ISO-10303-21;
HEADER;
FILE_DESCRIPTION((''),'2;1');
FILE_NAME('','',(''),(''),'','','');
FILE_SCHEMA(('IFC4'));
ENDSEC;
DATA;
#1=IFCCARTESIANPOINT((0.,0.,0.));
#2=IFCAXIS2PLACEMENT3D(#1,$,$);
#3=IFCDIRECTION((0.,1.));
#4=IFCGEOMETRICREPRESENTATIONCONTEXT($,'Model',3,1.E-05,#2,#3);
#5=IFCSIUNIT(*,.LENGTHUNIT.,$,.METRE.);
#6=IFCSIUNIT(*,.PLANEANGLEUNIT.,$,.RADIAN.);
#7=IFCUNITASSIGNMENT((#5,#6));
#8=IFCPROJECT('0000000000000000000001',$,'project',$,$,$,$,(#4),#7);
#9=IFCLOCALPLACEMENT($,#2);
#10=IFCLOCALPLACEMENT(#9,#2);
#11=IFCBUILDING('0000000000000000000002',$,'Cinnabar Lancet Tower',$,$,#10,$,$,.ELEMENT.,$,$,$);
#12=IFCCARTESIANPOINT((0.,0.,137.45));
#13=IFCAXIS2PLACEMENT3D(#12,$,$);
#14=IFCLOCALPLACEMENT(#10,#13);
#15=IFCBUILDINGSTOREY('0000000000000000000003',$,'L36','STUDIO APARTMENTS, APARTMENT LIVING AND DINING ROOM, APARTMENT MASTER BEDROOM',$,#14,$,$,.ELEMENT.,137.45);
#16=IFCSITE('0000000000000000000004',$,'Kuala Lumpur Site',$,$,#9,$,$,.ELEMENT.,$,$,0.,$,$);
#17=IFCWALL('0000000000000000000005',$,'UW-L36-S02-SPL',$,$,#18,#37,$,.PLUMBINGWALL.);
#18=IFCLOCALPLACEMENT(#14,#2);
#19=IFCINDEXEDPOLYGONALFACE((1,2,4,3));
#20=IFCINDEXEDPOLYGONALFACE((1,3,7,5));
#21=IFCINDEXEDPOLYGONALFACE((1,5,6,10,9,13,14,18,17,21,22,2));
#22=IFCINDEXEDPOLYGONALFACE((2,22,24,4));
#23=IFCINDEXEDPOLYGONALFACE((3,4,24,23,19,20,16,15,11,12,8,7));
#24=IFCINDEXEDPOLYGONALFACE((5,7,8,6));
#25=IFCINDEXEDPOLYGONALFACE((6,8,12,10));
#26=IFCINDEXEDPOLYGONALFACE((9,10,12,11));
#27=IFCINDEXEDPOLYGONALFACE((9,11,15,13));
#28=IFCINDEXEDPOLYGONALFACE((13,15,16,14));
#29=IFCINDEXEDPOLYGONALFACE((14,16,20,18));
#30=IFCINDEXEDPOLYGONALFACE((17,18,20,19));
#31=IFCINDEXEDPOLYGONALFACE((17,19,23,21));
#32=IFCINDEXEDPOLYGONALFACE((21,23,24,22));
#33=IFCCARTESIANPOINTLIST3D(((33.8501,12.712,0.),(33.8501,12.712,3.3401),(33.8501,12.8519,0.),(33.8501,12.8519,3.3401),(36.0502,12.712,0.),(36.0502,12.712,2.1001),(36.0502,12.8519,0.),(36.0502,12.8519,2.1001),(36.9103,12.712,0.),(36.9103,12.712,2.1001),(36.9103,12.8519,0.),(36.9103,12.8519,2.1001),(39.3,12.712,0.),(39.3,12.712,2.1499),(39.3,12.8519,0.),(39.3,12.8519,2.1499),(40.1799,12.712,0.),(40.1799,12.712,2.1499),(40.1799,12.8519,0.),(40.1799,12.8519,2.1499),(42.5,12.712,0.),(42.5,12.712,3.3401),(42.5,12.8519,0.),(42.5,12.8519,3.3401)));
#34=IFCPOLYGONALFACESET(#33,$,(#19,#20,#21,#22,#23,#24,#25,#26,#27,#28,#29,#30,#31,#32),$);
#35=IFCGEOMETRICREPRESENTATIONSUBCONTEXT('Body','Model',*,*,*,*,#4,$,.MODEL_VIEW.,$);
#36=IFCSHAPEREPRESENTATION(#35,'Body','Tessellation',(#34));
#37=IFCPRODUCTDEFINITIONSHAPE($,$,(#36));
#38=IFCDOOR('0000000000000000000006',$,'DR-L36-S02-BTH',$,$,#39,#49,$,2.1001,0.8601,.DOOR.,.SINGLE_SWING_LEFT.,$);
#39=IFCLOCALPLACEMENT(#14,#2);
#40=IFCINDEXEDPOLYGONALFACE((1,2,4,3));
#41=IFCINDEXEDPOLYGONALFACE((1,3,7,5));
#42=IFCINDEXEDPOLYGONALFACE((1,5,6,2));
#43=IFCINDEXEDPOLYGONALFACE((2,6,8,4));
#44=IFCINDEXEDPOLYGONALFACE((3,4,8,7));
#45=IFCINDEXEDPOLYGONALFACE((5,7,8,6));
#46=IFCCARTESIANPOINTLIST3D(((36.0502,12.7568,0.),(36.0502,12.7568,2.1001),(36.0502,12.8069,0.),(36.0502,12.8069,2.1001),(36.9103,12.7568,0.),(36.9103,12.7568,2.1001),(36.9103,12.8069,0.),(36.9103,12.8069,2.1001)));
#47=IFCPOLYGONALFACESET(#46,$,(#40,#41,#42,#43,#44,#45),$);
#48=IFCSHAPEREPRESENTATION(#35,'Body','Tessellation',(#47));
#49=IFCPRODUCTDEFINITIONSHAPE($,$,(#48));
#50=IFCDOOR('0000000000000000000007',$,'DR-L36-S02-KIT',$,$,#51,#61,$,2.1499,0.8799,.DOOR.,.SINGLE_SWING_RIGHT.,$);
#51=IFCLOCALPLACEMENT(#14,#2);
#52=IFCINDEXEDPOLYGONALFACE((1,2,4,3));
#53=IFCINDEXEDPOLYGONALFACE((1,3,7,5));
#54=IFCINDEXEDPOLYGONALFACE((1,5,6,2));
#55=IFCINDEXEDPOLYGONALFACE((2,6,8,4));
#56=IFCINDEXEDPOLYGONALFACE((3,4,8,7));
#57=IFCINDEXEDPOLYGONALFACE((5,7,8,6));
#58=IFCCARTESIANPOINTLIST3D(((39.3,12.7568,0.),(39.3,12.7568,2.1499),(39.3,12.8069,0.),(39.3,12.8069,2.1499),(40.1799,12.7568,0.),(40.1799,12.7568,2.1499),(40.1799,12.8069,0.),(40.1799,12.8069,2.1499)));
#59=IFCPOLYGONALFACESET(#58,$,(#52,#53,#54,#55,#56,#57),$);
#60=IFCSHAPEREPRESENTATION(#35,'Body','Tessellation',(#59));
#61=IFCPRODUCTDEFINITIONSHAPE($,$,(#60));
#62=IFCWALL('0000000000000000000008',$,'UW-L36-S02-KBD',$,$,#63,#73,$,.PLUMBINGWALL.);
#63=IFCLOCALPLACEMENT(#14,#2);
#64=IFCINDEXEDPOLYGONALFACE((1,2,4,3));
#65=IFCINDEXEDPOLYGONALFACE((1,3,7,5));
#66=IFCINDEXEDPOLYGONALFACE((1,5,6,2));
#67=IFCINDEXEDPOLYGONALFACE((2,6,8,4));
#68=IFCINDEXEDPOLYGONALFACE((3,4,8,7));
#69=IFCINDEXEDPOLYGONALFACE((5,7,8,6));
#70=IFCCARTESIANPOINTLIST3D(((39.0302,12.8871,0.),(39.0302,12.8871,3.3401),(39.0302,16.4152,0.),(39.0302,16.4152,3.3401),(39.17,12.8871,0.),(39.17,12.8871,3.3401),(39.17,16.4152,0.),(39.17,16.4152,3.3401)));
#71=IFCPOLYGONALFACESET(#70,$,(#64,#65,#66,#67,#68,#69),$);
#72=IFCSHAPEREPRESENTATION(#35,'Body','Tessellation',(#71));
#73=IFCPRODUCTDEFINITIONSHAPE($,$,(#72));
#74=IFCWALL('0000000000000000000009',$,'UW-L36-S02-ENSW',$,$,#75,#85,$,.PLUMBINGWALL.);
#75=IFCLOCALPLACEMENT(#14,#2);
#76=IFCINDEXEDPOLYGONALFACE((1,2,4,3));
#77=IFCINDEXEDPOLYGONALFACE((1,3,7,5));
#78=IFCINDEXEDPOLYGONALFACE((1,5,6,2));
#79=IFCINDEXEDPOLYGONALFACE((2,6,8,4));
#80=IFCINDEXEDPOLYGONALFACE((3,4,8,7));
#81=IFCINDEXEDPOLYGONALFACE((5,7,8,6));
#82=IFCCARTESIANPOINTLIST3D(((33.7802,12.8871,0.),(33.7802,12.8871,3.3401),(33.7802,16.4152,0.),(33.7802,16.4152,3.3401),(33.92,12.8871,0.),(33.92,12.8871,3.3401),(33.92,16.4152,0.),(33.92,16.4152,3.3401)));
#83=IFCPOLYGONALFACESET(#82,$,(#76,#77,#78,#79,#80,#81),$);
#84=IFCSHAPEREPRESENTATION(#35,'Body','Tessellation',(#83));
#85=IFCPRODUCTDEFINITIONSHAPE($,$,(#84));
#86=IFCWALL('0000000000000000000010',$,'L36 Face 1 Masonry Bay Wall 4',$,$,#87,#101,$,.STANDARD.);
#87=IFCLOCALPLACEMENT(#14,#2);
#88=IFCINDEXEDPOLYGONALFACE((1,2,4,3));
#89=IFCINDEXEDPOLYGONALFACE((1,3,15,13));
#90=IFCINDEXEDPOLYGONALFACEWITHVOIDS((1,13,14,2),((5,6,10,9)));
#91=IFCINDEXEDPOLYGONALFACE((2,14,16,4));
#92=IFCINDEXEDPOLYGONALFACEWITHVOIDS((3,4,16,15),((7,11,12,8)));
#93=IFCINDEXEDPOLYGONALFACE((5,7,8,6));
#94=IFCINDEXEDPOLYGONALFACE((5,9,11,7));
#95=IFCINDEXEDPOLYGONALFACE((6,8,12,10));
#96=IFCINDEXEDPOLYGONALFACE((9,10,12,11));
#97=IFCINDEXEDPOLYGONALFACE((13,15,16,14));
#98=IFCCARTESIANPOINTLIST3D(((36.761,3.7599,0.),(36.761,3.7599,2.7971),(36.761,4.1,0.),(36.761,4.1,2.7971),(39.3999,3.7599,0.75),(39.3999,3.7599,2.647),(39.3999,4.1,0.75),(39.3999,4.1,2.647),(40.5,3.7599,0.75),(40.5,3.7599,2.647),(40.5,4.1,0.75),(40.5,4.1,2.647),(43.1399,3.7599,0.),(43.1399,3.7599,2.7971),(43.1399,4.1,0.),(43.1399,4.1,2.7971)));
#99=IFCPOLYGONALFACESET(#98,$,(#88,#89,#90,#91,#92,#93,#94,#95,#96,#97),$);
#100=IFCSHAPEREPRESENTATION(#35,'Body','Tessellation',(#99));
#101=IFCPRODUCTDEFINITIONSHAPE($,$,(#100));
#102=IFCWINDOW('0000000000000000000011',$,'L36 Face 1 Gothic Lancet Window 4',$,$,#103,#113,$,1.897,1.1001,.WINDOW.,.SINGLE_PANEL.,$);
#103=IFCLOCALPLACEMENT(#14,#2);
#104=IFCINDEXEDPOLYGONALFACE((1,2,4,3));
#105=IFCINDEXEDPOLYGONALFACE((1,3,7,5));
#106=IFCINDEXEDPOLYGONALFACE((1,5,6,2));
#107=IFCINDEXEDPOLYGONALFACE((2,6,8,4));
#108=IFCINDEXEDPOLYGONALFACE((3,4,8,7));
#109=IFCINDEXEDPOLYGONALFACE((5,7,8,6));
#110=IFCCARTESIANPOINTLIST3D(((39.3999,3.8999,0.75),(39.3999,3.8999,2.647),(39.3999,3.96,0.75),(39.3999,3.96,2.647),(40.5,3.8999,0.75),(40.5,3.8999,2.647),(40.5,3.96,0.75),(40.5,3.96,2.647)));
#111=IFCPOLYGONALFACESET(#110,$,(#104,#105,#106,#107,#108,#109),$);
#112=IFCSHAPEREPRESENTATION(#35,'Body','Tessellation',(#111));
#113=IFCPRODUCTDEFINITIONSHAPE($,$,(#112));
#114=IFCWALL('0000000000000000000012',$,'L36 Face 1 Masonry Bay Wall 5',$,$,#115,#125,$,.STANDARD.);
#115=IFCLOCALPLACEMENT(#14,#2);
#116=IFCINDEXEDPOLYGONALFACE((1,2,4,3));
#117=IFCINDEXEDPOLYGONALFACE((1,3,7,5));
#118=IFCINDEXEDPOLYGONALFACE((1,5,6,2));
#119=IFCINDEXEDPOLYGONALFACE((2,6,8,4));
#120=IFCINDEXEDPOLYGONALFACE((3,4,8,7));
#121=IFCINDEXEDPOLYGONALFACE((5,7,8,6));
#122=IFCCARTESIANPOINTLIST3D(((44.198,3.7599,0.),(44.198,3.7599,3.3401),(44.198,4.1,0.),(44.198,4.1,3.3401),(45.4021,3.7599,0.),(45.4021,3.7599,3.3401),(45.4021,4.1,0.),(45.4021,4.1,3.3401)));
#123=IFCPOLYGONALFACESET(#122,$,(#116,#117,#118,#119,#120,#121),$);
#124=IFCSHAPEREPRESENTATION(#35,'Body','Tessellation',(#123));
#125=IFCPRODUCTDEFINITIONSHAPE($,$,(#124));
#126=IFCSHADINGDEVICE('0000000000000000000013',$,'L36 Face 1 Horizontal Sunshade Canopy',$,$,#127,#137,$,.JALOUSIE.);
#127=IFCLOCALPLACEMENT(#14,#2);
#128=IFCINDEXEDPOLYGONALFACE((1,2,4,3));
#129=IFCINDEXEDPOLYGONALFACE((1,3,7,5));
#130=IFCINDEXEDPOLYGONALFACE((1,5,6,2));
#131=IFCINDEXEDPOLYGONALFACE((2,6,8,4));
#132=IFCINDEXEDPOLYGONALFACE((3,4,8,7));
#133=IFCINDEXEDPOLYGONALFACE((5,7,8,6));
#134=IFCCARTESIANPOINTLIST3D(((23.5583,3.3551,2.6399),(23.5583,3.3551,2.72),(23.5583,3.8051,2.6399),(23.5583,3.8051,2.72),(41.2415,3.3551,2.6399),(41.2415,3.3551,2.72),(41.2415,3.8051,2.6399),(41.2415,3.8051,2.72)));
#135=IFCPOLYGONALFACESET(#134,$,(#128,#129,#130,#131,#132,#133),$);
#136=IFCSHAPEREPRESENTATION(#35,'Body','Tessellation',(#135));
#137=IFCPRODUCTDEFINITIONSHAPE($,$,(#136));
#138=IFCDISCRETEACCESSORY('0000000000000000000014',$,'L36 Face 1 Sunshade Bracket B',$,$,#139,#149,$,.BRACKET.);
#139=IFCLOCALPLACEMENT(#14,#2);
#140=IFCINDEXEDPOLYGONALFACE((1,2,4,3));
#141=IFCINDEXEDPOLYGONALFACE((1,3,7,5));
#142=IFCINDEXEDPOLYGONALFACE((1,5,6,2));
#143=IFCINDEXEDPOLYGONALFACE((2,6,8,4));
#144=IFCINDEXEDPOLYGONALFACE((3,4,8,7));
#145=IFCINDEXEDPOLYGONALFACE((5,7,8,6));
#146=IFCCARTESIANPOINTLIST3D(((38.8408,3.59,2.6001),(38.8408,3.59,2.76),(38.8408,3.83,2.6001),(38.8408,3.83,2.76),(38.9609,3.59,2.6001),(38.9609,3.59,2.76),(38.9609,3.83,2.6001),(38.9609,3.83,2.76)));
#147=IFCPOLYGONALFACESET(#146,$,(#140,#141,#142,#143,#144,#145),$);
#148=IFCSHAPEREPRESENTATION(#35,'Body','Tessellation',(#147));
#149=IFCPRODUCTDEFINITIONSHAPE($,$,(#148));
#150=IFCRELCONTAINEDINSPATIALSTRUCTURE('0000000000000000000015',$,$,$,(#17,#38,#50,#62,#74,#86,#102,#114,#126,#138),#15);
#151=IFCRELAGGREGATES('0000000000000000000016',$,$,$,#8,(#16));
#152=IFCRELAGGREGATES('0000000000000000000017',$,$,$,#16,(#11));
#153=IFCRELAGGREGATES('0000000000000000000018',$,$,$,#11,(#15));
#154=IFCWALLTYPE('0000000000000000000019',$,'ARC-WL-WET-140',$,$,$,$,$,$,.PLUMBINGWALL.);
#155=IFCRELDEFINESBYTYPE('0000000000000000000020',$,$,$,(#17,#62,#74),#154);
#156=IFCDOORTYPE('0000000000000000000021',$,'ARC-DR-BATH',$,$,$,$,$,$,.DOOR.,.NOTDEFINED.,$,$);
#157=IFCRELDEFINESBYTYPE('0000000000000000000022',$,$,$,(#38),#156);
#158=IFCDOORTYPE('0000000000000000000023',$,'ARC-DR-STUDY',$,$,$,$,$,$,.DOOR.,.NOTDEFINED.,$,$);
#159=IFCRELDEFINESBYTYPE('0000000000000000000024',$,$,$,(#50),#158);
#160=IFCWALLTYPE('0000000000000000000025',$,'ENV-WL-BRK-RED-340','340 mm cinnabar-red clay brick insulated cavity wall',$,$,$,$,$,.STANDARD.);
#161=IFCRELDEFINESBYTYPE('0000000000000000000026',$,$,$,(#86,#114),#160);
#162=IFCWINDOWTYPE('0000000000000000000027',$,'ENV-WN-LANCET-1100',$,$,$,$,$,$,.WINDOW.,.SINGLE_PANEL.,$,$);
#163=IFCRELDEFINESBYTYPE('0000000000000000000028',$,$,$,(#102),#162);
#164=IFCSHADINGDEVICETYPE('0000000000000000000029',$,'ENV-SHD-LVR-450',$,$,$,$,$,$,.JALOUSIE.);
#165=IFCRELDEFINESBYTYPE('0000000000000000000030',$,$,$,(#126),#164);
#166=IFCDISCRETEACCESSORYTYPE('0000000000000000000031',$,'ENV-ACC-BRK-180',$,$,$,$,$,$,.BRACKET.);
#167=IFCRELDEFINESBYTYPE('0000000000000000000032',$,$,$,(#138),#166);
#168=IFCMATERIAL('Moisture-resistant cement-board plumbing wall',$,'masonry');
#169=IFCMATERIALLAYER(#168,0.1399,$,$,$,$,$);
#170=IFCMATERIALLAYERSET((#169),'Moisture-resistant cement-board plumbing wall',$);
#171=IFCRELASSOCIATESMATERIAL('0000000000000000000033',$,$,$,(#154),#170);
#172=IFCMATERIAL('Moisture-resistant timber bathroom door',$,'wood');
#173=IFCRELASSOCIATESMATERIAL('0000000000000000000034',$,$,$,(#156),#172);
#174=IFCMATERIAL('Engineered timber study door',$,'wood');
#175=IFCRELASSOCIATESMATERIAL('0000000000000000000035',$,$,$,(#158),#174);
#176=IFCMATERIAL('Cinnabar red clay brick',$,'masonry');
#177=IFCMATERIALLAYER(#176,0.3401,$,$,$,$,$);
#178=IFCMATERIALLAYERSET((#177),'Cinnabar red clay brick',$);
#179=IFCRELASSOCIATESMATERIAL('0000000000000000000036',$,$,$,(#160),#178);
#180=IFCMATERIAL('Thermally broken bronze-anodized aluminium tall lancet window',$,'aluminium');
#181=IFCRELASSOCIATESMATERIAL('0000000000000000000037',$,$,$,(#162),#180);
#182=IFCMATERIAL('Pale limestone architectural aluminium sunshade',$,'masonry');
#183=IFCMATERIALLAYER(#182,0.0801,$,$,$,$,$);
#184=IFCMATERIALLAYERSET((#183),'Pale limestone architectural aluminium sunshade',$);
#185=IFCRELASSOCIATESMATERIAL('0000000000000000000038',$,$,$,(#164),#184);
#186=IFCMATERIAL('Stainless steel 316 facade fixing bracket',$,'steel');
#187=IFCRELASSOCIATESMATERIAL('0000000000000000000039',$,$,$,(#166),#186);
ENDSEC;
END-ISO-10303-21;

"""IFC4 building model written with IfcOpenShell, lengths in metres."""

from ifc_helpers import new_model, si_unit, direction, frame, frame_2d, origin, origin_2d, place, context, subcontext, project, spatial, rectangle, extrude, material, layer, layer_set, type_object, element, fill, save


model = new_model("IFC4")

# Units and contexts
model_context = context("Model", 3, precision=1e-05, world=origin(), true_north=direction((0.0, 1.0)))
body_context = subcontext(model_context, "Body", "Model", "MODEL_VIEW")
ifc_project = project(units=[si_unit("LENGTHUNIT", "METRE"), si_unit("PLANEANGLEUNIT", "RADIAN")], contexts=[model_context])

# Site, building, storey
site_placement = place(None, origin())
site = spatial("IfcSite", under=ifc_project, at=site_placement, Name="Kuala Lumpur Site", CompositionType="ELEMENT", RefElevation=0.0)
building_placement = place(site_placement, origin())
building = spatial("IfcBuilding", under=site, at=building_placement, Name="Cinnabar Lancet Tower", CompositionType="ELEMENT")
storey_placement = place(building_placement, frame((0.0, 0.0, 137.45)))
storey = spatial("IfcBuildingStorey", under=building, at=storey_placement, Name="L36", Description="STUDIO APARTMENTS, APARTMENT LIVING AND DINING ROOM, APARTMENT MASTER BEDROOM", CompositionType="ELEMENT", Elevation=137.45)

# Wall, openings, doors
ifc_material_1 = material(Name="Moisture-resistant cement-board plumbing wall", Category="masonry")
ifc_layer_1 = layer(ifc_material_1, 0.1399)
ifc_layer_set_1 = layer_set([ifc_layer_1], Name="Moisture-resistant cement-board plumbing wall")
wall_type_1 = type_object("IfcWallType", Name="ARC-WL-WET-140", PredefinedType="PLUMBINGWALL", material=ifc_layer_set_1)
wall_1_placement = place(storey_placement, frame((33.8501, 12.782, 0.0), z_axis=(0.0, 0.0, 1.0), x_axis=(1.0, 0.0, 0.0)))
wall_1 = element("IfcWall", 1, at=wall_1_placement, inside=storey, type_object=wall_type_1, Name="UW-L36-S02-SPL", PredefinedType="PLUMBINGWALL", context=body_context, shape_type="SweptSolid", body=[
    extrude(rectangle(XDim=8.6499, YDim=0.1399, at=frame_2d((4.325, 0.0))), origin(), (0.0, 0.0, 1.0), 3.3401),
])
opening_1_placement = place(wall_1_placement, frame((2.2, 0.0, 0.0)))
opening_1 = element("IfcOpeningElement", 2, at=opening_1_placement, cuts=wall_1, PredefinedType="OPENING", context=body_context, shape_type="SweptSolid", body=[
    extrude(rectangle(XDim=0.8601, YDim=2.1001, at=frame_2d((0.4302, 1.05))), frame((0.0, 0.0798, 0.0), z_axis=(0.0, -1.0, 0.0), x_axis=(1.0, 0.0, 0.0)), (0.0, 0.0, 1.0), 0.1599),
])
opening_2_placement = place(wall_1_placement, frame((5.45, 0.0, 0.0)))
opening_2 = element("IfcOpeningElement", 3, at=opening_2_placement, cuts=wall_1, PredefinedType="OPENING", context=body_context, shape_type="SweptSolid", body=[
    extrude(rectangle(XDim=0.8799, YDim=2.1499, at=frame_2d((0.4399, 1.075))), frame((0.0, 0.0798, 0.0), z_axis=(0.0, -1.0, 0.0), x_axis=(1.0, 0.0, 0.0)), (0.0, 0.0, 1.0), 0.1599),
])
ifc_material_2 = material(Name="Moisture-resistant timber bathroom door", Category="wood")
door_type_1 = type_object("IfcDoorType", Name="ARC-DR-BATH", OperationType="NOTDEFINED", PredefinedType="DOOR", material=ifc_material_2)
door_1_placement = place(opening_1_placement, origin())
door_1 = element("IfcDoor", 4, at=door_1_placement, inside=storey, type_object=door_type_1, Name="DR-L36-S02-BTH", OperationType="SINGLE_SWING_LEFT", OverallHeight=2.1001, OverallWidth=0.8601, PredefinedType="DOOR", context=body_context, shape_type="SweptSolid", body=[
    extrude(rectangle(XDim=0.8601, YDim=2.1001, at=frame_2d((0.4302, 1.05))), frame((0.0, 0.0249, 0.0), z_axis=(0.0, -1.0, 0.0), x_axis=(1.0, 0.0, 0.0)), (0.0, 0.0, 1.0), 0.05),
])
fill(opening_1, door_1)
ifc_material_3 = material(Name="Engineered timber study door", Category="wood")
door_type_2 = type_object("IfcDoorType", Name="ARC-DR-STUDY", OperationType="NOTDEFINED", PredefinedType="DOOR", material=ifc_material_3)
door_2_placement = place(opening_2_placement, origin())
door_2 = element("IfcDoor", 5, at=door_2_placement, inside=storey, type_object=door_type_2, Name="DR-L36-S02-KIT", OperationType="SINGLE_SWING_RIGHT", OverallHeight=2.1499, OverallWidth=0.8799, PredefinedType="DOOR", context=body_context, shape_type="SweptSolid", body=[
    extrude(rectangle(XDim=0.8799, YDim=2.1499, at=frame_2d((0.4399, 1.075))), frame((0.0, 0.0249, 0.0), z_axis=(0.0, -1.0, 0.0), x_axis=(1.0, 0.0, 0.0)), (0.0, 0.0, 1.0), 0.05),
])
fill(opening_2, door_2)

# Walls
for number, where, z_axis, x_axis, name in (
    (6, (39.1001, 12.887, 0.0), (0.0, 0.0, 1.0), (0.0, 1.0, 0.0), "UW-L36-S02-KBD"),
    (7, (33.8501, 12.887, 0.0), (0.0, 0.0, 1.0), (0.0, 1.0, 0.0), "UW-L36-S02-ENSW"),
):
    element("IfcWall", number, at=place(storey_placement, frame(where, z_axis=z_axis, x_axis=x_axis)), inside=storey, type_object=wall_type_1, Name=name, PredefinedType="PLUMBINGWALL", context=body_context, shape_type="SweptSolid", body=[
        extrude(rectangle(XDim=3.5281, YDim=0.1399, at=frame_2d((1.7642, 0.0))), origin(), (0.0, 0.0, 1.0), 3.3401),
    ])

# Wall, opening, window
ifc_material_4 = material(Name="Cinnabar red clay brick", Category="masonry")
ifc_layer_2 = layer(ifc_material_4, 0.3401)
ifc_layer_set_2 = layer_set([ifc_layer_2], Name="Cinnabar red clay brick")
wall_type_2 = type_object("IfcWallType", Name="ENV-WL-BRK-RED-340", Description="340 mm cinnabar-red clay brick insulated cavity wall", PredefinedType="STANDARD", material=ifc_layer_set_2)
wall_2_placement = place(storey_placement, frame((36.761, 3.9299, 0.0), z_axis=(0.0, 0.0, 1.0), x_axis=(1.0, 0.0, 0.0)))
wall_2 = element("IfcWall", 8, at=wall_2_placement, inside=storey, type_object=wall_type_2, Name="L36 Face 1 Masonry Bay Wall 4", PredefinedType="STANDARD", context=body_context, shape_type="SweptSolid", body=[
    extrude(rectangle(XDim=6.3789, YDim=0.3401, at=frame_2d((3.1895, 0.0))), origin(), (0.0, 0.0, 1.0), 2.7971),
])
opening_3_placement = place(wall_2_placement, frame((2.6389, 0.0, 0.75)))
opening_3 = element("IfcOpeningElement", 9, at=opening_3_placement, cuts=wall_2, PredefinedType="OPENING", context=body_context, shape_type="SweptSolid", body=[
    extrude(rectangle(XDim=1.1001, YDim=1.897, at=frame_2d((0.55, 0.9485))), frame((0.0, 0.1799, 0.0), z_axis=(0.0, -1.0, 0.0), x_axis=(1.0, 0.0, 0.0)), (0.0, 0.0, 1.0), 0.3601),
])
ifc_material_5 = material(Name="Thermally broken bronze-anodized aluminium tall lancet window", Category="aluminium")
window_type = type_object("IfcWindowType", Name="ENV-WN-LANCET-1100", PartitioningType="SINGLE_PANEL", PredefinedType="WINDOW", material=ifc_material_5)
window_placement = place(opening_3_placement, origin())
window = element("IfcWindow", 10, at=window_placement, inside=storey, type_object=window_type, Name="L36 Face 1 Gothic Lancet Window 4", OverallHeight=1.897, OverallWidth=1.1001, PartitioningType="SINGLE_PANEL", PredefinedType="WINDOW", context=body_context, shape_type="SweptSolid", body=[
    extrude(rectangle(XDim=1.1001, YDim=1.897, at=frame_2d((0.55, 0.9485))), frame((0.0, 0.03, 0.0), z_axis=(0.0, -1.0, 0.0), x_axis=(1.0, 0.0, 0.0)), (0.0, 0.0, 1.0), 0.0601),
])
fill(opening_3, window)

# Wall
wall_3_placement = place(storey_placement, frame((44.198, 3.9299, 0.0), z_axis=(0.0, 0.0, 1.0), x_axis=(1.0, 0.0, 0.0)))
element("IfcWall", 11, at=wall_3_placement, inside=storey, type_object=wall_type_2, Name="L36 Face 1 Masonry Bay Wall 5", PredefinedType="STANDARD", context=body_context, shape_type="SweptSolid", body=[
    extrude(rectangle(XDim=1.2041, YDim=0.3401, at=frame_2d((0.6021, 0.0))), origin(), (0.0, 0.0, 1.0), 3.3401),
])

# Shading device
ifc_material_6 = material(Name="Pale limestone architectural aluminium sunshade", Category="masonry")
ifc_layer_3 = layer(ifc_material_6, 0.0801)
ifc_layer_set_3 = layer_set([ifc_layer_3], Name="Pale limestone architectural aluminium sunshade")
shading_device_type = type_object("IfcShadingDeviceType", Name="ENV-SHD-LVR-450", PredefinedType="JALOUSIE", material=ifc_layer_set_3)
shading_device_placement = place(storey_placement, frame((32.3999, 3.5801, 2.6399), z_axis=(0.0, 0.0, 1.0), x_axis=(1.0, 0.0, 0.0)))
element("IfcShadingDevice", 12, at=shading_device_placement, inside=storey, type_object=shading_device_type, Name="L36 Face 1 Horizontal Sunshade Canopy", PredefinedType="JALOUSIE", context=body_context, shape_type="SweptSolid", body=[
    extrude(rectangle(XDim=17.6831, YDim=0.45, at=origin_2d()), origin(), (0.0, 0.0, 1.0), 0.0801),
])

# Discrete accessory
ifc_material_7 = material(Name="Stainless steel 316 facade fixing bracket", Category="steel")
discrete_accessory_type = type_object("IfcDiscreteAccessoryType", Name="ENV-ACC-BRK-180", PredefinedType="BRACKET", material=ifc_material_7)
discrete_accessory_placement = place(storey_placement, frame((38.9009, 3.71, 2.6001), z_axis=(0.0, 0.0, 1.0), x_axis=(1.0, 0.0, 0.0)))
element("IfcDiscreteAccessory", 13, at=discrete_accessory_placement, inside=storey, type_object=discrete_accessory_type, Name="L36 Face 1 Sunshade Bracket B", PredefinedType="BRACKET", context=body_context, shape_type="SweptSolid", body=[
    extrude(rectangle(XDim=0.1201, YDim=0.24, at=origin_2d()), origin(), (0.0, 0.0, 1.0), 0.1599),
])

save(model, "model.ifc")
